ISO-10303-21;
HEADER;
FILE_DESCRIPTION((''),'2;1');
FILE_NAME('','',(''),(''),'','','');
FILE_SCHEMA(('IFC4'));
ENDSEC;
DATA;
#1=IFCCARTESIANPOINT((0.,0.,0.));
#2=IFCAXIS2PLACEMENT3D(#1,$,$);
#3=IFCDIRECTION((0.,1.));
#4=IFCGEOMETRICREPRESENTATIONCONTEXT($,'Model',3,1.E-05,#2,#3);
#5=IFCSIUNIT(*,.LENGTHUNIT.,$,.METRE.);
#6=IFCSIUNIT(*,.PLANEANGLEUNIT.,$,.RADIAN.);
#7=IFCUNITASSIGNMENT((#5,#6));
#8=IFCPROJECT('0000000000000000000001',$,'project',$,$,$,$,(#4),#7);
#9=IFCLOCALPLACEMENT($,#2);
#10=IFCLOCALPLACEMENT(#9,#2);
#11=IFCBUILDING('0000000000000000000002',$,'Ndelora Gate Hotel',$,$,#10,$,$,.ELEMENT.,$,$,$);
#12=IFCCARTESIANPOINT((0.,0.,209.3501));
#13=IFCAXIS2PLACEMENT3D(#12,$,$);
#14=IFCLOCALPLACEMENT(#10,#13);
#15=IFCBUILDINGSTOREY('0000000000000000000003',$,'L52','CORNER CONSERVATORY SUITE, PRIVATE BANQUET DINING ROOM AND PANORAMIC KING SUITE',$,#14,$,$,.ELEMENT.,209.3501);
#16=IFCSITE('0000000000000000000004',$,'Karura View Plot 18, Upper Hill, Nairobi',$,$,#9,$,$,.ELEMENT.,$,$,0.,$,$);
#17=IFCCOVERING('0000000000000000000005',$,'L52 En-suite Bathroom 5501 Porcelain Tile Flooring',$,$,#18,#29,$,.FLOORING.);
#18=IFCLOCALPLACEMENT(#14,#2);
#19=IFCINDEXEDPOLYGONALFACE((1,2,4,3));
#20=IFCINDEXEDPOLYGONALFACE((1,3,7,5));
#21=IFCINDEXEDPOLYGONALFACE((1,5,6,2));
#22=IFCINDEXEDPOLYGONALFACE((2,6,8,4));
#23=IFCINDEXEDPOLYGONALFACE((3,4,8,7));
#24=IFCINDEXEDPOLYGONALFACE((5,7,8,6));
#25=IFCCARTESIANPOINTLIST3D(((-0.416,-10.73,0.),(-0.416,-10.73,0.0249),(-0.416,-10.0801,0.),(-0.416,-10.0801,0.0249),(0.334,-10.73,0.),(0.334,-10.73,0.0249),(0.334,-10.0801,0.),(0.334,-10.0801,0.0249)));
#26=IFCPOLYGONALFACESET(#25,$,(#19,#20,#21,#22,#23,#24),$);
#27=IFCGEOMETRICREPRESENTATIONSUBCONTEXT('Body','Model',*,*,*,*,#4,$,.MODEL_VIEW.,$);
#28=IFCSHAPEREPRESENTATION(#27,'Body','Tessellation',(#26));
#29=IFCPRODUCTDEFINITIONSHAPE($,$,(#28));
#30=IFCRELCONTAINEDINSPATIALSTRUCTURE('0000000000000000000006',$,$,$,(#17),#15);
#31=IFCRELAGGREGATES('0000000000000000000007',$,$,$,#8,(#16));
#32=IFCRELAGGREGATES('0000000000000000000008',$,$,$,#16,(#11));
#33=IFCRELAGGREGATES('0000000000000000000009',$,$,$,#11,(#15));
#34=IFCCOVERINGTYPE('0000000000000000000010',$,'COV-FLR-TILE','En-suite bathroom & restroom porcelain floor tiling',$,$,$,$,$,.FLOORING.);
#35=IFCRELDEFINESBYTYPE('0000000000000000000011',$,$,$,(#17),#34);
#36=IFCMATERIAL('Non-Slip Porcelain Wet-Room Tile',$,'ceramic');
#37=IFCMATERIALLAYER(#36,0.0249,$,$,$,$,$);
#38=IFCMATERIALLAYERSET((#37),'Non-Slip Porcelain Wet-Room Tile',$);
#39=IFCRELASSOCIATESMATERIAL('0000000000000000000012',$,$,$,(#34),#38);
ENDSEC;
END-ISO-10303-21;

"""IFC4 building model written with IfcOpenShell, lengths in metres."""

from ifc_helpers import new_model, si_unit, direction, frame, origin, origin_2d, place, context, subcontext, project, spatial, rectangle, extrude, material, layer, layer_set, type_object, element, save


model = new_model("IFC4")

# Units and contexts
model_context = context("Model", 3, precision=1e-05, world=origin(), true_north=direction((0.0, 1.0)))
body_context = subcontext(model_context, "Body", "Model", "MODEL_VIEW")
ifc_project = project(units=[si_unit("LENGTHUNIT", "METRE"), si_unit("PLANEANGLEUNIT", "RADIAN")], contexts=[model_context])

# Site, building, storey
site_placement = place(None, origin())
site = spatial("IfcSite", under=ifc_project, at=site_placement, Name="Karura View Plot 18, Upper Hill, Nairobi", CompositionType="ELEMENT", RefElevation=0.0)
building_placement = place(site_placement, origin())
building = spatial("IfcBuilding", under=site, at=building_placement, Name="Ndelora Gate Hotel", CompositionType="ELEMENT")
storey_placement = place(building_placement, frame((0.0, 0.0, 209.3501)))
storey = spatial("IfcBuildingStorey", under=building, at=storey_placement, Name="L52", Description="CORNER CONSERVATORY SUITE, PRIVATE BANQUET DINING ROOM AND PANORAMIC KING SUITE", CompositionType="ELEMENT", Elevation=209.3501)

# Covering
ifc_material_1 = material(Name="Non-Slip Porcelain Wet-Room Tile", Category="ceramic")
ifc_layer_1 = layer(ifc_material_1, 0.0249)
ifc_layer_set_1 = layer_set([ifc_layer_1], Name="Non-Slip Porcelain Wet-Room Tile")
covering_type_1 = type_object("IfcCoveringType", Name="COV-FLR-TILE", Description="En-suite bathroom & restroom porcelain floor tiling", PredefinedType="FLOORING", material=ifc_layer_set_1)
covering_1_placement = place(storey_placement, frame((-0.041, -10.405, 0.0), z_axis=(0.0, 0.0, 1.0), x_axis=(1.0, 0.0, 0.0)))
element("IfcCovering", 1, at=covering_1_placement, inside=storey, type_object=covering_type_1, Name="L52 En-suite Bathroom 5501 Porcelain Tile Flooring", PredefinedType="FLOORING", context=body_context, shape_type="SweptSolid", body=[
    extrude(rectangle(XDim=0.75, YDim=0.6499, at=origin_2d()), origin(), (0.0, 0.0, 1.0), 0.0249),
])

save(model, "model.ifc")
